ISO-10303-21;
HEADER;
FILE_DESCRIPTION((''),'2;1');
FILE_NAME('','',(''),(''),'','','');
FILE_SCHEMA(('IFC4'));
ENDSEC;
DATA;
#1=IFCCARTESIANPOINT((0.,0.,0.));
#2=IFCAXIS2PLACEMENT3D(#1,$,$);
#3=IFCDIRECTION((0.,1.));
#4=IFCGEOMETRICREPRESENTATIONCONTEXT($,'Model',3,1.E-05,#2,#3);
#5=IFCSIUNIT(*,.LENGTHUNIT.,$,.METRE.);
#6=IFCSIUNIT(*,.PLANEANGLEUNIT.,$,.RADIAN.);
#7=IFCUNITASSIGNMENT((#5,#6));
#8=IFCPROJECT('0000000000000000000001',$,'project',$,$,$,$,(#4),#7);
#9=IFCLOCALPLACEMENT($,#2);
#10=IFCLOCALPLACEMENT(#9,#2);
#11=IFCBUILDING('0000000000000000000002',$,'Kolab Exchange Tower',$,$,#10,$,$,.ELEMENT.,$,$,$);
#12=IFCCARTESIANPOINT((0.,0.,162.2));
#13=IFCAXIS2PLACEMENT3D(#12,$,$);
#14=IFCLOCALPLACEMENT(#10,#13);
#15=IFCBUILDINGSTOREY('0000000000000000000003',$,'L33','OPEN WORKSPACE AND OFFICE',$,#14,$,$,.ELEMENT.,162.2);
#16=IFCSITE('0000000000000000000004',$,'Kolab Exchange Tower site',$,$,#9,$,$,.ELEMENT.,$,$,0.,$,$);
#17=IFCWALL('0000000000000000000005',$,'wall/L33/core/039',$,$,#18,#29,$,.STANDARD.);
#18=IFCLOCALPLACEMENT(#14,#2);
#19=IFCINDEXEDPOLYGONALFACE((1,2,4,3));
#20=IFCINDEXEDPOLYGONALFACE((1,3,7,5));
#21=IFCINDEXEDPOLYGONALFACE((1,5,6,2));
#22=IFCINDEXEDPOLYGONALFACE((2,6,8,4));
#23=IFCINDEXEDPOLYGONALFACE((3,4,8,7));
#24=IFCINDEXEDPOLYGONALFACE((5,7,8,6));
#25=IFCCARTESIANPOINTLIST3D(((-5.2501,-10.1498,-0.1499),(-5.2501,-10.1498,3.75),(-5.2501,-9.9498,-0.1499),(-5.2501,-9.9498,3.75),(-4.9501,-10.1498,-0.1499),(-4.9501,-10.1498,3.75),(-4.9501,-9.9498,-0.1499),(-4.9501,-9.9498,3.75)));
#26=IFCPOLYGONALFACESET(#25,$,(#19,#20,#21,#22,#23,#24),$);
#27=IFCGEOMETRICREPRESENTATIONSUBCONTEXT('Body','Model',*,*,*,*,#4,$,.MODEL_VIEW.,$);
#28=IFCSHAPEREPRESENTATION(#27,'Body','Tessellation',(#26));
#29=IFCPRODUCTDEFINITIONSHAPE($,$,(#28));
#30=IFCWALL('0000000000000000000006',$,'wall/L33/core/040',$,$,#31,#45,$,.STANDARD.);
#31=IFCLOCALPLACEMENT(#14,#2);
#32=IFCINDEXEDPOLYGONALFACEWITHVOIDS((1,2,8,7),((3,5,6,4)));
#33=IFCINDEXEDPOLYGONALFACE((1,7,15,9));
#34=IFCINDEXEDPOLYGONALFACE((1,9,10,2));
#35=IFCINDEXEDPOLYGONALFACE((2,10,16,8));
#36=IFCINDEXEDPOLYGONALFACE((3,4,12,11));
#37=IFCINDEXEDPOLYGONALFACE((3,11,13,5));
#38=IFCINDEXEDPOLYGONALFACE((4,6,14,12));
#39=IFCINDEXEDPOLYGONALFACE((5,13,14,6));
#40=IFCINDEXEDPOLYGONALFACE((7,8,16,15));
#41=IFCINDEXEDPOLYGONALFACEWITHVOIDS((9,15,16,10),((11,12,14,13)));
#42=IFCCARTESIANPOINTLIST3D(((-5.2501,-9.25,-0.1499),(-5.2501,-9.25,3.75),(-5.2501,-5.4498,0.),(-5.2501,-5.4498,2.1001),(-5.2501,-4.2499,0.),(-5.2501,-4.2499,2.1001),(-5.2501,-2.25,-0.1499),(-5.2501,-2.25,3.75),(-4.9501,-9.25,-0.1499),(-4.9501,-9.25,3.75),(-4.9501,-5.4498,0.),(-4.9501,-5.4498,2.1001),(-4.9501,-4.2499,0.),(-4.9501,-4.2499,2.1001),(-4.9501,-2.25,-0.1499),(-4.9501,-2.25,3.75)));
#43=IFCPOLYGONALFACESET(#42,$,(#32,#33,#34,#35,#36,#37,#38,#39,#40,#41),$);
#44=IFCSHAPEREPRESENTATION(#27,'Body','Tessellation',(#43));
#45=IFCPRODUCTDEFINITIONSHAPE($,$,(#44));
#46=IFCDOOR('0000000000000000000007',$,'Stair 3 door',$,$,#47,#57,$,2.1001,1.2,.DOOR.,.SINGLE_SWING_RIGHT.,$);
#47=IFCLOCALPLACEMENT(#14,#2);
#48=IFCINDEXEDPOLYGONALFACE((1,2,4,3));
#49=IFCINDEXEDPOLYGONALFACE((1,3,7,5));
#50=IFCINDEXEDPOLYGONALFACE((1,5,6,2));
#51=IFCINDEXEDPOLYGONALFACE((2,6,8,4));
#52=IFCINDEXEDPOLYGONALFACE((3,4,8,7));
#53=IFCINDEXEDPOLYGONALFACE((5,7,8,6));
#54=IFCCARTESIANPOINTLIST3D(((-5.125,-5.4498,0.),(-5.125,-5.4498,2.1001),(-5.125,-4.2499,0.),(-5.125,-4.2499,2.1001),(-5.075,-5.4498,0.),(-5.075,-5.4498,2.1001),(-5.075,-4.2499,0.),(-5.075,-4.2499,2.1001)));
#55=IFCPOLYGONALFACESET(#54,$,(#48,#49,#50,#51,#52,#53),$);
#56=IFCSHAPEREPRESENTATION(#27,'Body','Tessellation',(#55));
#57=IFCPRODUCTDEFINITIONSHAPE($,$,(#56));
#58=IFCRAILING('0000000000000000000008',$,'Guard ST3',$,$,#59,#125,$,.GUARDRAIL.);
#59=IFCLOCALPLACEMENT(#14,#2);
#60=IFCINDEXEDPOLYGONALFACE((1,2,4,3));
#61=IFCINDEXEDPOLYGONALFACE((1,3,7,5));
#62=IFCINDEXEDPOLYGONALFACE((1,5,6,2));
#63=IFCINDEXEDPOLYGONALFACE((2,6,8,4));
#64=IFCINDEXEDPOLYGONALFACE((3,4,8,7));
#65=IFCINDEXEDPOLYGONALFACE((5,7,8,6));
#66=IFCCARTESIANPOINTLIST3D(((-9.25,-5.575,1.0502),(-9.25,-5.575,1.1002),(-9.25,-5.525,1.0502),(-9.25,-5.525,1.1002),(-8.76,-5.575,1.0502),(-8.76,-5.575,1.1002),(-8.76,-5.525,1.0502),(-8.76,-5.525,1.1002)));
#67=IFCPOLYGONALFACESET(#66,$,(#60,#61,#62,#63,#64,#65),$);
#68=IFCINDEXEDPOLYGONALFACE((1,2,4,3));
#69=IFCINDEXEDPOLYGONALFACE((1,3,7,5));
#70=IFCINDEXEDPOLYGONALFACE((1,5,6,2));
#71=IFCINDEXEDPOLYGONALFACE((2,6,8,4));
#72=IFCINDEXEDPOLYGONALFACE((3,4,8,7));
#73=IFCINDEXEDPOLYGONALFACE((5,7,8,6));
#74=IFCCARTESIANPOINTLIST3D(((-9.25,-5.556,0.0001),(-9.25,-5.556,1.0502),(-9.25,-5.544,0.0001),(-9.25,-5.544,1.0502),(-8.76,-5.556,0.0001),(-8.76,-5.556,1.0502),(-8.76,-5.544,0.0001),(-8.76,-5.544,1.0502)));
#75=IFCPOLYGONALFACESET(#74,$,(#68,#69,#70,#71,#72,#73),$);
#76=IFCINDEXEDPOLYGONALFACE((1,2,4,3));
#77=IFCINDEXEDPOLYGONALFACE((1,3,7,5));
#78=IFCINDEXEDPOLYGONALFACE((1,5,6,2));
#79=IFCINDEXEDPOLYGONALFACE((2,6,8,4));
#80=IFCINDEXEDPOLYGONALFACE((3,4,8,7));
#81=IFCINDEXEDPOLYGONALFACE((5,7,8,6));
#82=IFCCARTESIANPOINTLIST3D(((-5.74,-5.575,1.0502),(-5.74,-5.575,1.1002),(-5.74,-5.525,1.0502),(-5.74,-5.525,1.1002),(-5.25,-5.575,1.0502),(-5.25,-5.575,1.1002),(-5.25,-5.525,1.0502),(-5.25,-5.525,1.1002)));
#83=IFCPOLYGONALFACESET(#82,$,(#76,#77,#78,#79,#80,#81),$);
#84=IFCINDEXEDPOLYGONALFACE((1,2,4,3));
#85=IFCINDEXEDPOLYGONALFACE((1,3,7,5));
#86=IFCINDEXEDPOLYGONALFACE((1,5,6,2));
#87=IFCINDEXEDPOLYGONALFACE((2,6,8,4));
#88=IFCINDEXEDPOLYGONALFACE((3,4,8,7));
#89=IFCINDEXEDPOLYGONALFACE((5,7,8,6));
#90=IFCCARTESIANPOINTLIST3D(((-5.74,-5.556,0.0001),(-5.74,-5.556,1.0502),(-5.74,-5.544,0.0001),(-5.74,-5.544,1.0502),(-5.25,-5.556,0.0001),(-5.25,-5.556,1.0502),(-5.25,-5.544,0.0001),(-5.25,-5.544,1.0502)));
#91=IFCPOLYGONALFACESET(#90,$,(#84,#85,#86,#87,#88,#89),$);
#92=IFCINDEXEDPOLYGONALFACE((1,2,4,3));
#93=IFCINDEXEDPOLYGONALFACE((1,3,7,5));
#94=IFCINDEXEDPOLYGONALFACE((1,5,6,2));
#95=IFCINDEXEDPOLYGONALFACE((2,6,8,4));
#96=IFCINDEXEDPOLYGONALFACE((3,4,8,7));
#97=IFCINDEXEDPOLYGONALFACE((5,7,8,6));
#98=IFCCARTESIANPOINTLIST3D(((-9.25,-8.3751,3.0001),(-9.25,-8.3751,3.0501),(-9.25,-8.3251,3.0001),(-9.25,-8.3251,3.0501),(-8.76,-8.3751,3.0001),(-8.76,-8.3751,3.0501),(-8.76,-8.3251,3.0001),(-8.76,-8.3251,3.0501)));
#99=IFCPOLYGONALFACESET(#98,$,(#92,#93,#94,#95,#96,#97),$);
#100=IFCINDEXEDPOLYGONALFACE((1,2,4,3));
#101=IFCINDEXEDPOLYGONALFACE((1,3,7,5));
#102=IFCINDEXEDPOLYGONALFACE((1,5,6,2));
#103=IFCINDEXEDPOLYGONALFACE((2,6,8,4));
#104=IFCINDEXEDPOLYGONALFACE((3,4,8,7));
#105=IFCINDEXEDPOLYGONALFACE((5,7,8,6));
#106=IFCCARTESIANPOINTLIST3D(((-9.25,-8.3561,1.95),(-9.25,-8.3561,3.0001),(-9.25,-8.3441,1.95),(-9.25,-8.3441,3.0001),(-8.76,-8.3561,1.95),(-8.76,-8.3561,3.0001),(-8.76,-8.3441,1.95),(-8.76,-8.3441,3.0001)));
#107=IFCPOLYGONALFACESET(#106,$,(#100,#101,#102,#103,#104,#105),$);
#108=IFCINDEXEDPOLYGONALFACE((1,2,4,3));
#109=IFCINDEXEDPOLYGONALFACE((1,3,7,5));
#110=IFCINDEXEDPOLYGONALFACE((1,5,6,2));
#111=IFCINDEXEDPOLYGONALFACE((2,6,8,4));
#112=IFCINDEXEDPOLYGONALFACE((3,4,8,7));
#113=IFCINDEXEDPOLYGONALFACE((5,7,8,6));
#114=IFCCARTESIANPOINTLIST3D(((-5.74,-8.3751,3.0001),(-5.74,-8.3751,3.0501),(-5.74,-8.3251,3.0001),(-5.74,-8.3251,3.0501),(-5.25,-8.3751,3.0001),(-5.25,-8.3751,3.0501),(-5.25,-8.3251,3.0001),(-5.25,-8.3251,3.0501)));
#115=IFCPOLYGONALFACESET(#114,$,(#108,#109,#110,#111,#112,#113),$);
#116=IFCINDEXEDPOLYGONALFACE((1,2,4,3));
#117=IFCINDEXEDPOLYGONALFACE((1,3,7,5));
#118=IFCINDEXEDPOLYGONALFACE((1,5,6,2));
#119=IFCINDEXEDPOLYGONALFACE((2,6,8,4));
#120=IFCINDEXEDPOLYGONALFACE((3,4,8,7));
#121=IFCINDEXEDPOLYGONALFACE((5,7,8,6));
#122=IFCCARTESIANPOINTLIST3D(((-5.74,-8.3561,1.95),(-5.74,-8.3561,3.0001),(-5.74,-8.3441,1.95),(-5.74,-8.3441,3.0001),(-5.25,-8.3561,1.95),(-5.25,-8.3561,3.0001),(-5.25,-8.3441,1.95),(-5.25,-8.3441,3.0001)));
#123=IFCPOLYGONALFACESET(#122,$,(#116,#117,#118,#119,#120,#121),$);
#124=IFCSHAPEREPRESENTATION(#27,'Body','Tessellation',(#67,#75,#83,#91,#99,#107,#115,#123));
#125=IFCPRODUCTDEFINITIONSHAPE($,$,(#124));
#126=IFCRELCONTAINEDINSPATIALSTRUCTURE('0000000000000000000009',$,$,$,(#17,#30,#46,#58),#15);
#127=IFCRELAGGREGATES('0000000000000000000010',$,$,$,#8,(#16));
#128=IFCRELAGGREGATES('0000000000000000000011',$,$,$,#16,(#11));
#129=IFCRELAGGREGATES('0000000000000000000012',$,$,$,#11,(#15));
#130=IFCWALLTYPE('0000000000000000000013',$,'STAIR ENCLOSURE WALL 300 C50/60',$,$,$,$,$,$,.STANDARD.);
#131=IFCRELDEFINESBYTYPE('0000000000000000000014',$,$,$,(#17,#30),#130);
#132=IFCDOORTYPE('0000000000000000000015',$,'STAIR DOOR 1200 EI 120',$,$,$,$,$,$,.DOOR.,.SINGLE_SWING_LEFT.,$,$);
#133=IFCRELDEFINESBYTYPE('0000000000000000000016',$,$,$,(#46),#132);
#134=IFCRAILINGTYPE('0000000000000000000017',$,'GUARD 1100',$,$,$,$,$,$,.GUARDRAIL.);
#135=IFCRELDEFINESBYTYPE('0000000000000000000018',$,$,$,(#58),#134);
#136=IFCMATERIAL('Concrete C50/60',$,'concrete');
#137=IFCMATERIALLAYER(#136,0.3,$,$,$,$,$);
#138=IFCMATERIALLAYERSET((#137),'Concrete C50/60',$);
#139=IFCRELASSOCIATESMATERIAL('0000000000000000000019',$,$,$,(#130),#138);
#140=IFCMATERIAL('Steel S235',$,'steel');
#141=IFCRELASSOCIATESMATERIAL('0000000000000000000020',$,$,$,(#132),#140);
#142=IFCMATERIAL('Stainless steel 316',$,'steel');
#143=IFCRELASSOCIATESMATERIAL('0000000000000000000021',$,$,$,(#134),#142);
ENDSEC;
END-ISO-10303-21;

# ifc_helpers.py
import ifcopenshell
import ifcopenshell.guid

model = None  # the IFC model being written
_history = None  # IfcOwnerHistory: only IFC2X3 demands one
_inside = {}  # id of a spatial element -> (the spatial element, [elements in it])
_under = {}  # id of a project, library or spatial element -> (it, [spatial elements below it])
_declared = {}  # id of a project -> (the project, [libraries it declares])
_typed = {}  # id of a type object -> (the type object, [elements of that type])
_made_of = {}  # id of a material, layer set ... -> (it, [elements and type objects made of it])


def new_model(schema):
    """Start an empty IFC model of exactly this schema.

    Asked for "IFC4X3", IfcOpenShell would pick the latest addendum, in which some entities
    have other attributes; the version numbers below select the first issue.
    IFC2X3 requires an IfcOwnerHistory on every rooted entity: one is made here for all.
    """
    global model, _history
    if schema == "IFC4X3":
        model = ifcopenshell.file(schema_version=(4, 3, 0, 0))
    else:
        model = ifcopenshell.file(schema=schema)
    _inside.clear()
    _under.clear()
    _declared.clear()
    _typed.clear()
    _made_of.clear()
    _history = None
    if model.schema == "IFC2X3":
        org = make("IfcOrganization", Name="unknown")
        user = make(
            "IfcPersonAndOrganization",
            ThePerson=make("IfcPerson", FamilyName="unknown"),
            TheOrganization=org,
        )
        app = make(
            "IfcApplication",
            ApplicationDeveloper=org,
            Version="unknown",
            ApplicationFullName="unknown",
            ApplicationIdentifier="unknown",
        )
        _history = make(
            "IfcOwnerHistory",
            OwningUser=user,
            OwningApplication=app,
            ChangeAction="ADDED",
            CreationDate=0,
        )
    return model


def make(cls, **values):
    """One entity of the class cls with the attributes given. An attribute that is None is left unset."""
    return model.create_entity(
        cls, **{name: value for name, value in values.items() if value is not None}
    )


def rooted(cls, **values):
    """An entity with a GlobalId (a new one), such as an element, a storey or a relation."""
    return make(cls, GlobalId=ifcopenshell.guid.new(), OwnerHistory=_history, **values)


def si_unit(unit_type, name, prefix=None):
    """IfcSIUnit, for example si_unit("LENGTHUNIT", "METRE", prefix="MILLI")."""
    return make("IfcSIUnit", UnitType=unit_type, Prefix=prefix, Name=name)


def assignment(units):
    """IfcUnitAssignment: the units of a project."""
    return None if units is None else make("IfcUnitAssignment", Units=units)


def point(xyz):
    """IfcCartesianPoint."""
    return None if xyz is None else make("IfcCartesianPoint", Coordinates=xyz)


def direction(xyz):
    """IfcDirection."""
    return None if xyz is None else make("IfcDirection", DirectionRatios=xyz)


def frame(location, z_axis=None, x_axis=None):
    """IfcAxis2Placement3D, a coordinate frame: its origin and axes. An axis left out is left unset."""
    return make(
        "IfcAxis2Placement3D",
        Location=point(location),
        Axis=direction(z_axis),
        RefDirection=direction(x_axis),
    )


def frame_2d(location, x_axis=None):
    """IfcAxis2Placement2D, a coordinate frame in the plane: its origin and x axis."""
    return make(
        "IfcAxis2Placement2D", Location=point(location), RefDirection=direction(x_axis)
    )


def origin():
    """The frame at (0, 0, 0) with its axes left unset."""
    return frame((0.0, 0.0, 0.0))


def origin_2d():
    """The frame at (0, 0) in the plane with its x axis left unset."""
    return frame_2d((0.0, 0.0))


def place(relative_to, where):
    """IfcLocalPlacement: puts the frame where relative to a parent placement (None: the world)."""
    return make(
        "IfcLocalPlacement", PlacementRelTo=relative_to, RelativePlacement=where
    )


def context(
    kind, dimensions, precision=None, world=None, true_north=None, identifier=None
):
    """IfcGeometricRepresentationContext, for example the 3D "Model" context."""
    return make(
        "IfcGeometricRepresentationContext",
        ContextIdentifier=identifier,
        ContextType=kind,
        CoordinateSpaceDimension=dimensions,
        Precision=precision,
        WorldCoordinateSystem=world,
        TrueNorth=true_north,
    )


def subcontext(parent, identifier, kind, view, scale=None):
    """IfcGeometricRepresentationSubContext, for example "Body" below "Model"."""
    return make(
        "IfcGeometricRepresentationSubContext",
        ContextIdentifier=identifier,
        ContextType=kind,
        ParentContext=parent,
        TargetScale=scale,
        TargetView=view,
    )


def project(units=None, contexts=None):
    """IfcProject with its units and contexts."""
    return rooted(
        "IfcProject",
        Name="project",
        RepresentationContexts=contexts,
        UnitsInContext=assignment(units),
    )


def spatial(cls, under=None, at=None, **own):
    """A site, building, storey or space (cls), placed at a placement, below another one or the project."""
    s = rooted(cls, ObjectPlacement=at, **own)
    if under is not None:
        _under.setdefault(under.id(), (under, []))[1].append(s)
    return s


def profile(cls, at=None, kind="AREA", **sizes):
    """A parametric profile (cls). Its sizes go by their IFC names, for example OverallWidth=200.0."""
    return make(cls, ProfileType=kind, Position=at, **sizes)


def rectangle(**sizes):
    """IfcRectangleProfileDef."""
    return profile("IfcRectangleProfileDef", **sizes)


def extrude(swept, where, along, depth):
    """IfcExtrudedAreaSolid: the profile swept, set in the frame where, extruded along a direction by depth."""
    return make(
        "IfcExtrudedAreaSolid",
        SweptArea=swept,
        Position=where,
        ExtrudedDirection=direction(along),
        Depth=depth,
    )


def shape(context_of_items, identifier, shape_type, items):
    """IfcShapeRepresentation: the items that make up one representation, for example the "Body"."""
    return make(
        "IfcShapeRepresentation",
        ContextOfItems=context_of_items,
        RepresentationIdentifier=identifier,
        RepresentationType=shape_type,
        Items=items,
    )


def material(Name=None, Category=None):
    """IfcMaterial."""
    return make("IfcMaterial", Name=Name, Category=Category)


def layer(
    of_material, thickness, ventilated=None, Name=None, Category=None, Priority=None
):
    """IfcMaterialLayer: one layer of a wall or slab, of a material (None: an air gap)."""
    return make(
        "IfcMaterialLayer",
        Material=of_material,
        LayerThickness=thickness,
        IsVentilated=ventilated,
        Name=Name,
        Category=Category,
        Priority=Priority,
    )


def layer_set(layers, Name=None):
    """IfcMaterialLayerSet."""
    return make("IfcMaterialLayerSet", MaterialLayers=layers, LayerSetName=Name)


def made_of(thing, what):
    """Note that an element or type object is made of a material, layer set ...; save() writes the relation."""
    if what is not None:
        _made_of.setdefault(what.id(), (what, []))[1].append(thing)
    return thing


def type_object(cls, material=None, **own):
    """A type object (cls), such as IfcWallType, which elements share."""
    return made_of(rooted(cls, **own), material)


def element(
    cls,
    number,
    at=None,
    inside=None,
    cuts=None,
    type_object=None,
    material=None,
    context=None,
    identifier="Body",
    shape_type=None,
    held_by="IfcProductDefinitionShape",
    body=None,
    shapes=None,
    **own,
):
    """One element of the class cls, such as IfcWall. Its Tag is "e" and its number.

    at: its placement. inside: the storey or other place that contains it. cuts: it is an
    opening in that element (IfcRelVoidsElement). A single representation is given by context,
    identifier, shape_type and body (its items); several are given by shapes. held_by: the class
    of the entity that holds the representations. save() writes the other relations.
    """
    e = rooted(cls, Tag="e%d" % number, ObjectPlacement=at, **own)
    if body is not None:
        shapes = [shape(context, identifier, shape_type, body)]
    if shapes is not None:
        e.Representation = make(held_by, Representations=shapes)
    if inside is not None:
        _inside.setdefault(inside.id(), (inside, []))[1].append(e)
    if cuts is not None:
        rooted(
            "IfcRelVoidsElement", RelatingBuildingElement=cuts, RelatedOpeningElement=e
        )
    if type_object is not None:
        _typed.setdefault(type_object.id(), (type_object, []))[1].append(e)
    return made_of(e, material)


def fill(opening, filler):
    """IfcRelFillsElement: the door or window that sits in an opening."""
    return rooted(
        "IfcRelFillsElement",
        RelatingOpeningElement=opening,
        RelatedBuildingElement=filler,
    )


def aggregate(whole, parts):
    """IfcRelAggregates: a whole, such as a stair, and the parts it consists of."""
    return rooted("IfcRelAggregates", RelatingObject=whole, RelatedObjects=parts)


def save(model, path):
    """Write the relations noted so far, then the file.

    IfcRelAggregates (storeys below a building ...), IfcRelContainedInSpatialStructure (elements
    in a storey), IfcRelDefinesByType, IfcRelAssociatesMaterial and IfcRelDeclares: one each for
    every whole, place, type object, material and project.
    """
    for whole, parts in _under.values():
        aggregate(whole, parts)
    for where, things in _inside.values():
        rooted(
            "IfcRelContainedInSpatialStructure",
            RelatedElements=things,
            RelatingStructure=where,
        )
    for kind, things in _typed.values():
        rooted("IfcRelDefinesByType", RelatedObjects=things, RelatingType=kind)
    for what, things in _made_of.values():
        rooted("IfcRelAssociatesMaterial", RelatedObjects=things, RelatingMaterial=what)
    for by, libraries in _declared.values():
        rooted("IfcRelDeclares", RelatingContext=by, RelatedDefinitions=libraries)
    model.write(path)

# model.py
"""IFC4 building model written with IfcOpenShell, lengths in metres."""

from ifc_helpers import new_model, si_unit, direction, frame, frame_2d, origin, origin_2d, place, context, subcontext, project, spatial, rectangle, extrude, material, layer, layer_set, type_object, element, fill, save


model = new_model("IFC4")

# Units and contexts
model_context = context("Model", 3, precision=1e-05, world=origin(), true_north=direction((0.0, 1.0)))
body_context = subcontext(model_context, "Body", "Model", "MODEL_VIEW")
ifc_project = project(units=[si_unit("LENGTHUNIT", "METRE"), si_unit("PLANEANGLEUNIT", "RADIAN")], contexts=[model_context])

# Site, building, storey
site_placement = place(None, origin())
site = spatial("IfcSite", under=ifc_project, at=site_placement, Name="Kolab Exchange Tower site", CompositionType="ELEMENT", RefElevation=0.0)
building_placement = place(site_placement, origin())
building = spatial("IfcBuilding", under=site, at=building_placement, Name="Kolab Exchange Tower", CompositionType="ELEMENT")
storey_placement = place(building_placement, frame((0.0, 0.0, 162.2)))
storey = spatial("IfcBuildingStorey", under=building, at=storey_placement, Name="L33", Description="OPEN WORKSPACE AND OFFICE", CompositionType="ELEMENT", Elevation=162.2)

# Shared definitions
ifc_material_1 = material(Name="Steel S235", Category="steel")

# Shared definitions
ifc_material_2 = material(Name="Concrete C50/60", Category="concrete")
ifc_material_3 = material(Name="Stainless steel 316", Category="steel")

# Wall
ifc_layer_1 = layer(ifc_material_2, 0.3)
ifc_layer_set_1 = layer_set([ifc_layer_1], Name="Concrete C50/60")
wall_type_1 = type_object("IfcWallType", Name="STAIR ENCLOSURE WALL 300 C50/60", PredefinedType="STANDARD", material=ifc_layer_set_1)
wall_1_placement = place(storey_placement, frame((-5.1001, -10.1499, -0.1499), z_axis=(0.0, 0.0, 1.0), x_axis=(0.0, 1.0, 0.0)))
element("IfcWall", 1, at=wall_1_placement, inside=storey, type_object=wall_type_1, Name="wall/L33/core/039", PredefinedType="STANDARD", context=body_context, shape_type="SweptSolid", body=[
    extrude(rectangle(XDim=0.2, YDim=0.3, at=frame_2d((0.1001, 0.0))), origin(), (0.0, 0.0, 1.0), 3.8999),
])

# Wall, opening, door
wall_2_placement = place(storey_placement, frame((-5.1001, -9.25, -0.1499), z_axis=(0.0, 0.0, 1.0), x_axis=(0.0, 1.0, 0.0)))
wall_2 = element("IfcWall", 2, at=wall_2_placement, inside=storey, type_object=wall_type_1, Name="wall/L33/core/040", PredefinedType="STANDARD", context=body_context, shape_type="SweptSolid", body=[
    extrude(rectangle(XDim=7.0, YDim=0.3, at=frame_2d((3.5, 0.0))), origin(), (0.0, 0.0, 1.0), 3.8999),
])
opening_1_placement = place(wall_2_placement, frame((3.8, 0.0, 0.1499)))
opening_1 = element("IfcOpeningElement", 3, at=opening_1_placement, cuts=wall_2, PredefinedType="OPENING", context=body_context, shape_type="SweptSolid", body=[
    extrude(rectangle(XDim=1.2, YDim=2.1001, at=frame_2d((0.6001, 1.05))), frame((0.0, 0.1602, 0.0), z_axis=(0.0, -1.0, 0.0), x_axis=(1.0, 0.0, 0.0)), (0.0, 0.0, 1.0), 0.3201),
])
door_type_1 = type_object("IfcDoorType", Name="STAIR DOOR 1200 EI 120", OperationType="SINGLE_SWING_LEFT", PredefinedType="DOOR", material=ifc_material_1)
door_1_placement = place(opening_1_placement, origin())
door_1 = element("IfcDoor", 4, at=door_1_placement, inside=storey, type_object=door_type_1, Name="Stair 3 door", OperationType="SINGLE_SWING_RIGHT", OverallHeight=2.1001, OverallWidth=1.2, PredefinedType="DOOR", context=body_context, shape_type="SweptSolid", body=[
    extrude(rectangle(XDim=1.2, YDim=2.1001, at=frame_2d((0.6001, 1.05))), frame((0.0, 0.0249, 0.0), z_axis=(0.0, -1.0, 0.0), x_axis=(1.0, 0.0, 0.0)), (0.0, 0.0, 1.0), 0.05),
])
fill(opening_1, door_1)

# Railing
railing_type = type_object("IfcRailingType", Name="GUARD 1100", PredefinedType="GUARDRAIL", material=ifc_material_3)
railing_placement = place(storey_placement, frame((-9.25, -5.55, 0.0)))
element("IfcRailing", 5, at=railing_placement, inside=storey, type_object=railing_type, Name="Guard ST3", PredefinedType="GUARDRAIL", context=body_context, shape_type="SweptSolid", body=[
    extrude(rectangle(XDim=0.05, YDim=0.05, at=origin_2d()), frame((0.0, 0.0, 1.0752), z_axis=(1.0, 0.0, 0.0), x_axis=(0.0, 1.0, 0.0)), (0.0, 0.0, 1.0), 0.49),
    extrude(rectangle(XDim=0.012, YDim=1.0501, at=frame_2d((0.0, 0.5251))), frame((0.0, 0.0, 0.0), z_axis=(1.0, 0.0, 0.0), x_axis=(0.0, 1.0, 0.0)), (0.0, 0.0, 1.0), 0.49),
    extrude(rectangle(XDim=0.05, YDim=0.05, at=origin_2d()), frame((3.51, 0.0, 1.0752), z_axis=(1.0, 0.0, 0.0), x_axis=(0.0, 1.0, 0.0)), (0.0, 0.0, 1.0), 0.49),
    extrude(rectangle(XDim=0.012, YDim=1.0501, at=frame_2d((0.0, 0.5251))), frame((3.51, 0.0, 0.0), z_axis=(1.0, 0.0, 0.0), x_axis=(0.0, 1.0, 0.0)), (0.0, 0.0, 1.0), 0.49),
    extrude(rectangle(XDim=0.05, YDim=0.05, at=origin_2d()), frame((0.0, -2.8, 3.0251), z_axis=(1.0, 0.0, 0.0), x_axis=(0.0, 1.0, 0.0)), (0.0, 0.0, 1.0), 0.49),
    extrude(rectangle(XDim=0.012, YDim=1.0501, at=frame_2d((0.0, 0.5251))), frame((0.0, -2.8, 1.95), z_axis=(1.0, 0.0, 0.0), x_axis=(0.0, 1.0, 0.0)), (0.0, 0.0, 1.0), 0.49),
    extrude(rectangle(XDim=0.05, YDim=0.05, at=origin_2d()), frame((3.51, -2.8, 3.0251), z_axis=(1.0, 0.0, 0.0), x_axis=(0.0, 1.0, 0.0)), (0.0, 0.0, 1.0), 0.49),
    extrude(rectangle(XDim=0.012, YDim=1.0501, at=frame_2d((0.0, 0.5251))), frame((3.51, -2.8, 1.95), z_axis=(1.0, 0.0, 0.0), x_axis=(0.0, 1.0, 0.0)), (0.0, 0.0, 1.0), 0.49),
])

save(model, "model.ifc")
